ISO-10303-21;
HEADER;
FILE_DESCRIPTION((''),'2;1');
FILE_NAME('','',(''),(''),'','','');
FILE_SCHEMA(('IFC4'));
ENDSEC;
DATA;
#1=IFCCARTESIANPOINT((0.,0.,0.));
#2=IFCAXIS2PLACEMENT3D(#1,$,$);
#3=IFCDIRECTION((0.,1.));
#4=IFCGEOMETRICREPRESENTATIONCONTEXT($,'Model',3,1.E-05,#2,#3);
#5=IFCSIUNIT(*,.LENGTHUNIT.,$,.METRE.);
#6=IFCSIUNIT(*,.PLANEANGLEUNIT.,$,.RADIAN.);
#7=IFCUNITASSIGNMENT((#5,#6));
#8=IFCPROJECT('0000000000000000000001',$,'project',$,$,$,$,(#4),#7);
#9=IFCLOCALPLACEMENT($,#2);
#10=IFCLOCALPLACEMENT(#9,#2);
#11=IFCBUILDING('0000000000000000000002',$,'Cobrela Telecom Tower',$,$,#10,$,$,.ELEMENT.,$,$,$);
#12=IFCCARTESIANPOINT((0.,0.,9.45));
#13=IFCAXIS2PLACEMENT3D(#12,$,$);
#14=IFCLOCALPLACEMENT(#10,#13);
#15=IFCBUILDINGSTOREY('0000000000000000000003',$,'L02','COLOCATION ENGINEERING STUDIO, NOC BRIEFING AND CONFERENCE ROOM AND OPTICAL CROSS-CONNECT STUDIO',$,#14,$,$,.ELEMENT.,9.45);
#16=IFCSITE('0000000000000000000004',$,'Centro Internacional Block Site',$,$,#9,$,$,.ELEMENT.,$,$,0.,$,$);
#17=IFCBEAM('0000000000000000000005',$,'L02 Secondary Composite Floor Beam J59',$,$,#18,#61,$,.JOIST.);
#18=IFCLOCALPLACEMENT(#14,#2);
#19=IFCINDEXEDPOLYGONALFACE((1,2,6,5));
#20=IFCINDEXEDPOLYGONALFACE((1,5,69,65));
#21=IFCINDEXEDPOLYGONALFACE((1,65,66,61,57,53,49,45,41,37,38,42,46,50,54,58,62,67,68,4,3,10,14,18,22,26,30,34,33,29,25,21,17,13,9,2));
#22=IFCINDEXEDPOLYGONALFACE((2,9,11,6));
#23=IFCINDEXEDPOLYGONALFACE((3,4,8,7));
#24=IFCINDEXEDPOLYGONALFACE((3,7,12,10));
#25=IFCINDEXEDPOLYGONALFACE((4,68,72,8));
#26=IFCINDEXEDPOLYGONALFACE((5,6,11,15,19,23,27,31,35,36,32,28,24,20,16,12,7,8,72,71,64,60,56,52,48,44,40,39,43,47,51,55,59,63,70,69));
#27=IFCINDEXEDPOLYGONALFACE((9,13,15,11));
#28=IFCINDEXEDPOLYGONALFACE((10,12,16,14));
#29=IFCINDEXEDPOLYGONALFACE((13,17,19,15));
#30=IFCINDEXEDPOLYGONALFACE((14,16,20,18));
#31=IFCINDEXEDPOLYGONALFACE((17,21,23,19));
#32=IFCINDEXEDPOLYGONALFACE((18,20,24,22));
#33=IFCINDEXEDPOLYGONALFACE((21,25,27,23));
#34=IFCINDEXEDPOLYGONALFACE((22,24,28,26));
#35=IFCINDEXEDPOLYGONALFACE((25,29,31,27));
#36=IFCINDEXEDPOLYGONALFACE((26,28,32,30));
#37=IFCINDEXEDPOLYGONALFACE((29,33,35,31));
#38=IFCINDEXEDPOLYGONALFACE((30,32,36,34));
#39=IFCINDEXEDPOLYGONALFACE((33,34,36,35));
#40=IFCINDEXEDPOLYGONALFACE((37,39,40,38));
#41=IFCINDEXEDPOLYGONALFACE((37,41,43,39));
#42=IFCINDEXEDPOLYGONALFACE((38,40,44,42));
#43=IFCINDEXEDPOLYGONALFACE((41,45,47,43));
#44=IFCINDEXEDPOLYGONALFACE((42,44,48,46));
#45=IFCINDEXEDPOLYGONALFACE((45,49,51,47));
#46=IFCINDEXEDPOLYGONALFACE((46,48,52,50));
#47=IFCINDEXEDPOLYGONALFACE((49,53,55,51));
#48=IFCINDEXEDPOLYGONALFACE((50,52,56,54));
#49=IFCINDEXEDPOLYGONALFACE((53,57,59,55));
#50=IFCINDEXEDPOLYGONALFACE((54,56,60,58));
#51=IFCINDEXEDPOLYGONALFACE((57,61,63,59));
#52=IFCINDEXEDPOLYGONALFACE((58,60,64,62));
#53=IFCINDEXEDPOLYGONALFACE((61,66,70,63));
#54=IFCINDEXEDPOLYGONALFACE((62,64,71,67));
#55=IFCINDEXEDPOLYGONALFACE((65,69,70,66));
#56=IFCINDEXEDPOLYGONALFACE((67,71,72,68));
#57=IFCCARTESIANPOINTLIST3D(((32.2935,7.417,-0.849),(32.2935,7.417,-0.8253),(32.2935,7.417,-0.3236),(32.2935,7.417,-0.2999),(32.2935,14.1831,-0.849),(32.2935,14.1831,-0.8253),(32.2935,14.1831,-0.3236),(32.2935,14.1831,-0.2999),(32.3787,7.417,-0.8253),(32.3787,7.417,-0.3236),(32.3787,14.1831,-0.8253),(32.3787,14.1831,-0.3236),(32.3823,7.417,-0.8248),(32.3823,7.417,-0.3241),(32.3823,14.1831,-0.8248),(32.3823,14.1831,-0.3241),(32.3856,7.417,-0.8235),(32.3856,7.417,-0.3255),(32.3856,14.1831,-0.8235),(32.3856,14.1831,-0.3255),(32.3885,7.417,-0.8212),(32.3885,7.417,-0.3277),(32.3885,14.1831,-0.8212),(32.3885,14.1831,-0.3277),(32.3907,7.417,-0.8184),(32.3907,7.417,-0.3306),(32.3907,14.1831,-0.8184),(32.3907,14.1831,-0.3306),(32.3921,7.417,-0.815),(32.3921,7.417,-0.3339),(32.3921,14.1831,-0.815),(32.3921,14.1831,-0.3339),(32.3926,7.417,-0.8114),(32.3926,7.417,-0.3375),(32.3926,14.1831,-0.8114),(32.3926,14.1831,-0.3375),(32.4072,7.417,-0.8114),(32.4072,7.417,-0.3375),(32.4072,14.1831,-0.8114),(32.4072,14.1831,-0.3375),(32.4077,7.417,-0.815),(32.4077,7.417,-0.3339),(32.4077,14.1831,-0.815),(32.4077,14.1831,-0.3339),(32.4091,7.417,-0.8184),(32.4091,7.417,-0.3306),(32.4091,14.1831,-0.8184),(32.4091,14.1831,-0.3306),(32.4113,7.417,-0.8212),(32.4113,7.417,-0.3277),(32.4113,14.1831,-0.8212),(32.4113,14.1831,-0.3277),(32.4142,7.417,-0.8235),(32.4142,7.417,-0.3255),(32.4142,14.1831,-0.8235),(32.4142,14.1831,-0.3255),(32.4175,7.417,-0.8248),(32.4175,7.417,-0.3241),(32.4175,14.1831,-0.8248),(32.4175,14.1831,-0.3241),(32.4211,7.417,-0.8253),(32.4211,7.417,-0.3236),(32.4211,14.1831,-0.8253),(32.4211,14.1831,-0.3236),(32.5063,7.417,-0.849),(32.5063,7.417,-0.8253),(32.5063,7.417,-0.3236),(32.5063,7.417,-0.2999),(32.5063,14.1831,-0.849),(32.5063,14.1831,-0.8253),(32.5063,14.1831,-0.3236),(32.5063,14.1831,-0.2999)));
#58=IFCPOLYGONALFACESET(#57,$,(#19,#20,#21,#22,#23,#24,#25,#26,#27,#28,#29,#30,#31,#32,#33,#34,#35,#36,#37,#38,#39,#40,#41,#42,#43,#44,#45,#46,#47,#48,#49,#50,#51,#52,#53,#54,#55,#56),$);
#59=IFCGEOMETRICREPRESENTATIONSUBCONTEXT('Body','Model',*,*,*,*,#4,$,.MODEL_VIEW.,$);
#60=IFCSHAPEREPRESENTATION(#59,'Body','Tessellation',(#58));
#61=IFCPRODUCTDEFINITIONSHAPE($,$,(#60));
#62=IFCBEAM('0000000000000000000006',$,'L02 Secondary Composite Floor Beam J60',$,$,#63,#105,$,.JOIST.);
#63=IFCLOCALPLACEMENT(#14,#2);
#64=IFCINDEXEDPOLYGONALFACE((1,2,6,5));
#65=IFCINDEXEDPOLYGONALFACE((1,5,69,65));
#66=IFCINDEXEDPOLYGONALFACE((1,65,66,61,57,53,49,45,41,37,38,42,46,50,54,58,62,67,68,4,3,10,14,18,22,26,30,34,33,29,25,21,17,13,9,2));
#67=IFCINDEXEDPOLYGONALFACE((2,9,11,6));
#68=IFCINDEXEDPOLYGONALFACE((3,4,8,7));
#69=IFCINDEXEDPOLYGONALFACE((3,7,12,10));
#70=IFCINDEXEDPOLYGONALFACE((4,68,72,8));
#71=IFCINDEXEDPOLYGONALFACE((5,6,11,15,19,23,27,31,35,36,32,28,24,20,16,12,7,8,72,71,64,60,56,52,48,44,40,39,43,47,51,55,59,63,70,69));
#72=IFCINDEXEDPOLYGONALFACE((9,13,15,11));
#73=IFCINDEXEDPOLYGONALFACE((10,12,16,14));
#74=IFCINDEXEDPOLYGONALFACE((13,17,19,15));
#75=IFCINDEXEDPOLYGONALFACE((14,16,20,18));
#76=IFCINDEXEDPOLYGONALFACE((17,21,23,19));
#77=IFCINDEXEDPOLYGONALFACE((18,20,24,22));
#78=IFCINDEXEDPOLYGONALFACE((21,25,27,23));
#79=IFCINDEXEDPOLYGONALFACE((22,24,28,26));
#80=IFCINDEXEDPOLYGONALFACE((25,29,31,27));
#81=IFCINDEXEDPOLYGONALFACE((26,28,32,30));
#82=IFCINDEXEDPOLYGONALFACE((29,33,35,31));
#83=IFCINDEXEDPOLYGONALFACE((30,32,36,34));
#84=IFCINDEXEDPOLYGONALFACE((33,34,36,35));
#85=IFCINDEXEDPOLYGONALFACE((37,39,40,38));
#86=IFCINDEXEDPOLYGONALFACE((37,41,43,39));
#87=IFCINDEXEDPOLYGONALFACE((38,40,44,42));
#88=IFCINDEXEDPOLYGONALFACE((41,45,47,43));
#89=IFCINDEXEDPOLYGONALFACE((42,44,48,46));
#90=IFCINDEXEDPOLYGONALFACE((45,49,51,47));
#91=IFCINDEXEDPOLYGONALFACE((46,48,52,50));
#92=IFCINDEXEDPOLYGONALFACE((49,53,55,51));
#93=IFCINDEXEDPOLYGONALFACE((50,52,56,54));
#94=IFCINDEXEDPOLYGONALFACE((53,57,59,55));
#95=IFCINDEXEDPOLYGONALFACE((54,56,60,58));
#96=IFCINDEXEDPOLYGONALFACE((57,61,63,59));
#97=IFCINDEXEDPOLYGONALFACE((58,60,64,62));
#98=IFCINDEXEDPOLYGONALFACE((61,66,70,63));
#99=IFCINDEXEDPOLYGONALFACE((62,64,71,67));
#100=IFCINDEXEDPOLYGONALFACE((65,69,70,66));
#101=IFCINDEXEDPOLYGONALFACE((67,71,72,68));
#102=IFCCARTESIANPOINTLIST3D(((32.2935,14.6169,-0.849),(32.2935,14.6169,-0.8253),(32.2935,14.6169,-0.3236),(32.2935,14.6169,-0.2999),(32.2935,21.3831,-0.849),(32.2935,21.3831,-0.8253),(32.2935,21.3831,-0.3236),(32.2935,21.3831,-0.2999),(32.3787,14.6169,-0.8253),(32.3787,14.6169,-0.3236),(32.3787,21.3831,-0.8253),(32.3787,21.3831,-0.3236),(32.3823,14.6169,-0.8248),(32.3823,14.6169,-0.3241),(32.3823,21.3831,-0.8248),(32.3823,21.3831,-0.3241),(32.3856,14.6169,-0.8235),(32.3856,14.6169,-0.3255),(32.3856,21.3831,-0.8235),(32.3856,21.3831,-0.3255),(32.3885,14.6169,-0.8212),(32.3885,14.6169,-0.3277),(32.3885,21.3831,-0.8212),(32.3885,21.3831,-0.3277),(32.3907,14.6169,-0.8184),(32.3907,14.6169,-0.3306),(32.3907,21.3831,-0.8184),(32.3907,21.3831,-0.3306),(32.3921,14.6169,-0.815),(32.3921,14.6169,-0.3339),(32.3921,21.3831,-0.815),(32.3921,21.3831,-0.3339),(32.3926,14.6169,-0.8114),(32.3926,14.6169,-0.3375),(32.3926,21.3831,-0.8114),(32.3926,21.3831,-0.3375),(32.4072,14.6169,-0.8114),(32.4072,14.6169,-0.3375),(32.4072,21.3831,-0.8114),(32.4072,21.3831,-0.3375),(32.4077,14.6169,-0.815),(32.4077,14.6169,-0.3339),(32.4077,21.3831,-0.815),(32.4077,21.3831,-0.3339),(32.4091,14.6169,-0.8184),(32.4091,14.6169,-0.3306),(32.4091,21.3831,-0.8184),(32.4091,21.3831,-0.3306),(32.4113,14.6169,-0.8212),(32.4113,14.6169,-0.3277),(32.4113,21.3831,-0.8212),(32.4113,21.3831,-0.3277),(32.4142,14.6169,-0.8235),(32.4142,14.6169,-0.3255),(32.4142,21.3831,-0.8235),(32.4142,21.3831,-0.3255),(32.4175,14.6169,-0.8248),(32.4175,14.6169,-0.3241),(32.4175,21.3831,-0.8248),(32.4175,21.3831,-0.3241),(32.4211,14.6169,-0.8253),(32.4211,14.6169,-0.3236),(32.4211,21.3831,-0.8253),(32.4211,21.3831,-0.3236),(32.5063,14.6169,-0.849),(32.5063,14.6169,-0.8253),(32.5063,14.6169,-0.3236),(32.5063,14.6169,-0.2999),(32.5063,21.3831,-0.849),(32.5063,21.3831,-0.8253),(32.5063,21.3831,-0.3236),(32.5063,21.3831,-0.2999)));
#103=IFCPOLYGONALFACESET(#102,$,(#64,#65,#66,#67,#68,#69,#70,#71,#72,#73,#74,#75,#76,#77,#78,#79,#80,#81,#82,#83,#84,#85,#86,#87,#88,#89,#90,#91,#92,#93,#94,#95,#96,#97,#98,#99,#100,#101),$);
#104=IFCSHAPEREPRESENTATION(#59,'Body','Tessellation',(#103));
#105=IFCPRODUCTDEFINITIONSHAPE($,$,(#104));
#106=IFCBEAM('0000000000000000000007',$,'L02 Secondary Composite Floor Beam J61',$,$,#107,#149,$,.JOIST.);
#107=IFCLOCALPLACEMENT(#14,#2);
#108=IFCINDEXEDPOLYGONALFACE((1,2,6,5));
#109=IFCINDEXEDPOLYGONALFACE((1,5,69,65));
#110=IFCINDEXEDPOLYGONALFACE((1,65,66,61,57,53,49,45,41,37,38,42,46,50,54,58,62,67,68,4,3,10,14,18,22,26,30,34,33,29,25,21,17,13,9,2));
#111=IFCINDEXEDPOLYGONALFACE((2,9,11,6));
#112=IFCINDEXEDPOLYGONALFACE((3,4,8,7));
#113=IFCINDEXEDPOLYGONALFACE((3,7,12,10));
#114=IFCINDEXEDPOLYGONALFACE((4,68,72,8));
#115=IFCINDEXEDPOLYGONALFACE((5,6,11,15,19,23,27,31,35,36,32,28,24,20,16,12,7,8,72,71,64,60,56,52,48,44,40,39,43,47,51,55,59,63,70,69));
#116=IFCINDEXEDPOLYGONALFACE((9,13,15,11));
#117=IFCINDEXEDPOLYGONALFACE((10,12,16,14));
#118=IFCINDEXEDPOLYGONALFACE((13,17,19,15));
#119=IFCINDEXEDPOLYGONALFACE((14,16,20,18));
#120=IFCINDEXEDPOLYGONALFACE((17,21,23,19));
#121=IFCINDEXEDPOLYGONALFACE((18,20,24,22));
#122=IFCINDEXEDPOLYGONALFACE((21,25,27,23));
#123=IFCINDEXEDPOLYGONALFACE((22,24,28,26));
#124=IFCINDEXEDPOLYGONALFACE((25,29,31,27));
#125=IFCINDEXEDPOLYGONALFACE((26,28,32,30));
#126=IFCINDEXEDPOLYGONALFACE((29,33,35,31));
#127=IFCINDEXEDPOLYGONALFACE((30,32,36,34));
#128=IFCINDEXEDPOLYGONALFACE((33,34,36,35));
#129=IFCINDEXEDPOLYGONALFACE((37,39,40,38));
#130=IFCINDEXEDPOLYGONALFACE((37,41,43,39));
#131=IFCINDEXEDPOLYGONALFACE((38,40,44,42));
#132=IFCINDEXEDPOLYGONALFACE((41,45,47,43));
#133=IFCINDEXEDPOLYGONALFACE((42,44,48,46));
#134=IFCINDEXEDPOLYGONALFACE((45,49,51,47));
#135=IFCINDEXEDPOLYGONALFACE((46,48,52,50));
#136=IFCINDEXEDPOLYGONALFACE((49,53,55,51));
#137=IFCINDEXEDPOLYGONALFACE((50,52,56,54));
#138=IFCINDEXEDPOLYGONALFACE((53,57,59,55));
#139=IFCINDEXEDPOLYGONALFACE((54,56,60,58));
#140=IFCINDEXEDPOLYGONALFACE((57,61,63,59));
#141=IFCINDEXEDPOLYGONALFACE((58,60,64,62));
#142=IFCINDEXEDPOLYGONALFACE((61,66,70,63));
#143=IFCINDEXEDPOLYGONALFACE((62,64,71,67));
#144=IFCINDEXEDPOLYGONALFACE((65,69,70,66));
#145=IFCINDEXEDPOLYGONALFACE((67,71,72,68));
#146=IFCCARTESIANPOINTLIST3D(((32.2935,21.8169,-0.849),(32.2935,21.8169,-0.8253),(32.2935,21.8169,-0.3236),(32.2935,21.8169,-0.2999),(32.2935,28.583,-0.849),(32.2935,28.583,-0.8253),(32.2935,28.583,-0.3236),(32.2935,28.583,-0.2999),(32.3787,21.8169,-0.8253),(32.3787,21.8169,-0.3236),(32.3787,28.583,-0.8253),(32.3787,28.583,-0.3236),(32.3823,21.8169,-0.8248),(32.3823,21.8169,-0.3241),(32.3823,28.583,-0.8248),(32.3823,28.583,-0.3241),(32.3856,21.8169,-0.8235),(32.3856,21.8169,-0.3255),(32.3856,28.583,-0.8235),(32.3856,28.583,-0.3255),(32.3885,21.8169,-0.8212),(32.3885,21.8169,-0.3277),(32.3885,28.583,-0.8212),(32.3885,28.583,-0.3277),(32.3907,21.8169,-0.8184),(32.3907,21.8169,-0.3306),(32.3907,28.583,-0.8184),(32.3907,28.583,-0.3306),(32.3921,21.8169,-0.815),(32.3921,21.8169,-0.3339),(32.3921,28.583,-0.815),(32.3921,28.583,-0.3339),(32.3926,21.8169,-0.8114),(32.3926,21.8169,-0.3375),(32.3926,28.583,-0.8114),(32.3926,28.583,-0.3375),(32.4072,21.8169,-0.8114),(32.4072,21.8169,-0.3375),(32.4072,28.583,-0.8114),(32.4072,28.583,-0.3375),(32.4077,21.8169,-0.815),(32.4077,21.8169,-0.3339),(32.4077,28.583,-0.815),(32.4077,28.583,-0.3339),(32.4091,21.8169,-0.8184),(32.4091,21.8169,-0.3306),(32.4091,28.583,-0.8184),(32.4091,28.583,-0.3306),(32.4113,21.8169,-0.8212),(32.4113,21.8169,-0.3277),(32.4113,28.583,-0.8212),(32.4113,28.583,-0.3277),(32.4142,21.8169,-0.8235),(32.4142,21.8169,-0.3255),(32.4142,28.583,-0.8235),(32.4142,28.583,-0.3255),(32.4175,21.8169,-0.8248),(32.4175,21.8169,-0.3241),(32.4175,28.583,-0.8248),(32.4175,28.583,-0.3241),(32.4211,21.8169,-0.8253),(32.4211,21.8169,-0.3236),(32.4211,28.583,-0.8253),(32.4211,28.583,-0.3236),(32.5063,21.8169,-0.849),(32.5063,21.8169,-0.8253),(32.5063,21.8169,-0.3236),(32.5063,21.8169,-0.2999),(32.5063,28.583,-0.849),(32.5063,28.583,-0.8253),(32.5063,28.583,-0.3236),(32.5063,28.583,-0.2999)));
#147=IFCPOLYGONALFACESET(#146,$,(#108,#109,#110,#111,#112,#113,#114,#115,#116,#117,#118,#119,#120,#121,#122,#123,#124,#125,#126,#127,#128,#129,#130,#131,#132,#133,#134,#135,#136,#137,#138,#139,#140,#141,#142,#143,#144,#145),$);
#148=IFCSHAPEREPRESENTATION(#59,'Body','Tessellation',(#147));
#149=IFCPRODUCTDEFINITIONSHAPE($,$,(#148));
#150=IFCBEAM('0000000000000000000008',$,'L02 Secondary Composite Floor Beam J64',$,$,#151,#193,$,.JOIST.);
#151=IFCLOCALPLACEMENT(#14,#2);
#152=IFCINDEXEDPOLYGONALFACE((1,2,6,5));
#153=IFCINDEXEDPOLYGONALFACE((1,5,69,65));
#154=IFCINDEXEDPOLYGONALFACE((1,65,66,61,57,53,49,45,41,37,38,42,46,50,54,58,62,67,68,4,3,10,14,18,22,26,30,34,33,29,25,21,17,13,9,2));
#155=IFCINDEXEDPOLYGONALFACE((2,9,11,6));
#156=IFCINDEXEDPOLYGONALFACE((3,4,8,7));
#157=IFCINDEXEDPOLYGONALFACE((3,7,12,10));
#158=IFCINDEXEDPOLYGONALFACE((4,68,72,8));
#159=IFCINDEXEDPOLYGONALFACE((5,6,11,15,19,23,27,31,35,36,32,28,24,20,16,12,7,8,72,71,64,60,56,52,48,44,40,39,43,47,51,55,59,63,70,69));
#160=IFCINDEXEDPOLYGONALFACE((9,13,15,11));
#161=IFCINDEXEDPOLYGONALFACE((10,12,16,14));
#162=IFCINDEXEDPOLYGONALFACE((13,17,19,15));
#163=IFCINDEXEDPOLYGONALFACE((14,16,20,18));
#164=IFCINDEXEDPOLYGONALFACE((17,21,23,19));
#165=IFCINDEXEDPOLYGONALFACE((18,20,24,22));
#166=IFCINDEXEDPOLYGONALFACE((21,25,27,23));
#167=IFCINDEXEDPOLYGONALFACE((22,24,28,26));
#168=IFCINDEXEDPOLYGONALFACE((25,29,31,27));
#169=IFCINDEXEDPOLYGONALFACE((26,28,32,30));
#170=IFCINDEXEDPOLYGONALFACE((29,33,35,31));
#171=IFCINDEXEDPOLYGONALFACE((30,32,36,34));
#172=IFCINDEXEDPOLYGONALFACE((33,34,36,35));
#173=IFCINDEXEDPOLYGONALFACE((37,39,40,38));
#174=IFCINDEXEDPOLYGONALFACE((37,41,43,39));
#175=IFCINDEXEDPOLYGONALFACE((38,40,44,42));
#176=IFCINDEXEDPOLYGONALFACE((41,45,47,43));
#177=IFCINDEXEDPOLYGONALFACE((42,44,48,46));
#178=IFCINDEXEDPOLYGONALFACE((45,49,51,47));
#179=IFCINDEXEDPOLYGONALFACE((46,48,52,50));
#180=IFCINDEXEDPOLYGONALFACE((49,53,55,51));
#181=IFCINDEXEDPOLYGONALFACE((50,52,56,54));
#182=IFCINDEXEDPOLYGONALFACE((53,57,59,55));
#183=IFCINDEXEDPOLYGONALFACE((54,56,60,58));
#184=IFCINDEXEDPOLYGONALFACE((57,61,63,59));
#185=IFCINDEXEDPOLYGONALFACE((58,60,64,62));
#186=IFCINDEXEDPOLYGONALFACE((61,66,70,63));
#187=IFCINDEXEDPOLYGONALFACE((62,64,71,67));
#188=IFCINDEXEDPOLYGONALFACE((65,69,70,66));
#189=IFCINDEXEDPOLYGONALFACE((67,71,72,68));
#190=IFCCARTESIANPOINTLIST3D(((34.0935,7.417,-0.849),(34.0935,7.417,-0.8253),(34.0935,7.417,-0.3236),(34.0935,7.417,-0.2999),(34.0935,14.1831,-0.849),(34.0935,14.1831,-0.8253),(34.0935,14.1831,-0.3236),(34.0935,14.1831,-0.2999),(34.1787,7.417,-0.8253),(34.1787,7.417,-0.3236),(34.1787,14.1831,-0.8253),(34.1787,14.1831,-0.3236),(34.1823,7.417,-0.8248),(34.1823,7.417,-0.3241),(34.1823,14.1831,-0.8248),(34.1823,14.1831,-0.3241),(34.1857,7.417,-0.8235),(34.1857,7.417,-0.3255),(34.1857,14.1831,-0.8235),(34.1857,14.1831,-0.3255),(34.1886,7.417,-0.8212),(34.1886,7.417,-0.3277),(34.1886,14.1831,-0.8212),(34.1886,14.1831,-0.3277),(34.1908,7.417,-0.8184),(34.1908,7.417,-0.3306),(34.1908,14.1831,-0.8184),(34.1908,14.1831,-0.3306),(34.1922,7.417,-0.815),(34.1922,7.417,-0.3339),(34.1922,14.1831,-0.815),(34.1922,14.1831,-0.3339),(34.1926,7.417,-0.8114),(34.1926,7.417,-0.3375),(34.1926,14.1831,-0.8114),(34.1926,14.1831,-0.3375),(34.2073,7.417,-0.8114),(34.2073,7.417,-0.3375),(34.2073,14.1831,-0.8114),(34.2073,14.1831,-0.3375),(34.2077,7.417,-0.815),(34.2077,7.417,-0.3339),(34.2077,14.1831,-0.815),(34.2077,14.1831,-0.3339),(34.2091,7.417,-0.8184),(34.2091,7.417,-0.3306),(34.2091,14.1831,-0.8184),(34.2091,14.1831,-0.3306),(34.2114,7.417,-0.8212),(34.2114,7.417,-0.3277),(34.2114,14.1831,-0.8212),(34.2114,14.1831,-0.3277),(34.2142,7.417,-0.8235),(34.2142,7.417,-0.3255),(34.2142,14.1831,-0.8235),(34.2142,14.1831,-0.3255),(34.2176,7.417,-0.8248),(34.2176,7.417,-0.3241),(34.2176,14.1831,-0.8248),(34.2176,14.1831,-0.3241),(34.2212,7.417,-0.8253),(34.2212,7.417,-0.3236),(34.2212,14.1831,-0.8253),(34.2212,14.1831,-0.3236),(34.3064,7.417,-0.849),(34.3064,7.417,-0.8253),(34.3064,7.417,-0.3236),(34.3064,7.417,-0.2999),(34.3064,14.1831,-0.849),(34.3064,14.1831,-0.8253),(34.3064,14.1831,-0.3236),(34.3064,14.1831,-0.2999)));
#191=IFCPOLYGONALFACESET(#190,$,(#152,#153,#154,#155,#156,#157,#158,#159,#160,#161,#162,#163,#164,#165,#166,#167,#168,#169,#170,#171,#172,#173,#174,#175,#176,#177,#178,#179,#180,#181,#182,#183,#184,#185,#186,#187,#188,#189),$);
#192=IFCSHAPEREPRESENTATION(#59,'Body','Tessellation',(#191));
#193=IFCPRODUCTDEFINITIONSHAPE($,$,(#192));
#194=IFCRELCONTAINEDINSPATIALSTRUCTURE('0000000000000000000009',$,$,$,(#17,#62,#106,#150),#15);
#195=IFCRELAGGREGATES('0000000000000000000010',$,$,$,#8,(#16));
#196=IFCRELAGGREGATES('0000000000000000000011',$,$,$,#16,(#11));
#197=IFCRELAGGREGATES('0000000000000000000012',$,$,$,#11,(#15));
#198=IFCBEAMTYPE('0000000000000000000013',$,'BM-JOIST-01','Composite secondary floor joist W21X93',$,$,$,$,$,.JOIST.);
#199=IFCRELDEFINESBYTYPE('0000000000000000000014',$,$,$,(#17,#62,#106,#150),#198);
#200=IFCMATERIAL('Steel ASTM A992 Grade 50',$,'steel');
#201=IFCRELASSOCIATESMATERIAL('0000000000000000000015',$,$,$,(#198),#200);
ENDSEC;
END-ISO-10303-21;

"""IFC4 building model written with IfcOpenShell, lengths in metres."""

from ifc_helpers import new_model, si_unit, direction, frame, origin, origin_2d, place, context, subcontext, project, spatial, i_section, extrude, material, material_profile, profile_set, type_object, element, save


model = new_model("IFC4")

# Units and contexts
model_context = context("Model", 3, precision=1e-05, world=origin(), true_north=direction((0.0, 1.0)))
body_context = subcontext(model_context, "Body", "Model", "MODEL_VIEW")
ifc_project = project(units=[si_unit("LENGTHUNIT", "METRE"), si_unit("PLANEANGLEUNIT", "RADIAN")], contexts=[model_context])

# Site, building, storey
site_placement = place(None, origin())
site = spatial("IfcSite", under=ifc_project, at=site_placement, Name="Centro Internacional Block Site", CompositionType="ELEMENT", RefElevation=0.0)
building_placement = place(site_placement, origin())
building = spatial("IfcBuilding", under=site, at=building_placement, Name="Cobrela Telecom Tower", CompositionType="ELEMENT")
storey_placement = place(building_placement, frame((0.0, 0.0, 9.45)))
storey = spatial("IfcBuildingStorey", under=building, at=storey_placement, Name="L02", Description="COLOCATION ENGINEERING STUDIO, NOC BRIEFING AND CONFERENCE ROOM AND OPTICAL CROSS-CONNECT STUDIO", CompositionType="ELEMENT", Elevation=9.45)

# Beams
ifc_material_1 = material(Name="Steel ASTM A992 Grade 50", Category="steel")
ifc_material_profile_1 = material_profile(ifc_material_1, i_section(OverallWidth=0.2129, OverallDepth=0.5491, WebThickness=0.0146, FlangeThickness=0.0237, FilletRadius=0.0139, at=origin_2d()), Name="W21X93")
ifc_profile_set_1 = profile_set([ifc_material_profile_1], Name="Steel ASTM A992 Grade 50")
beam_type_1 = type_object("IfcBeamType", Name="BM-JOIST-01", Description="Composite secondary floor joist W21X93", PredefinedType="JOIST", material=ifc_profile_set_1)
for number, where, z_axis, x_axis, name in (
    (1, (32.3999, 7.417, -0.5745), (0.0, 1.0, 0.0), (-1.0, 0.0, 0.0), "L02 Secondary Composite Floor Beam J59"),
    (2, (32.3999, 14.6169, -0.5745), (0.0, 1.0, 0.0), (-1.0, 0.0, 0.0), "L02 Secondary Composite Floor Beam J60"),
    (3, (32.3999, 21.8169, -0.5745), (0.0, 1.0, 0.0), (-1.0, 0.0, 0.0), "L02 Secondary Composite Floor Beam J61"),
    (4, (34.2, 7.417, -0.5745), (0.0, 1.0, 0.0), (-1.0, 0.0, 0.0), "L02 Secondary Composite Floor Beam J64"),
):
    element("IfcBeam", number, at=place(storey_placement, frame(where, z_axis=z_axis, x_axis=x_axis)), inside=storey, type_object=beam_type_1, Name=name, PredefinedType="JOIST", context=body_context, shape_type="SweptSolid", body=[
        extrude(i_section(OverallWidth=0.2129, OverallDepth=0.5491, WebThickness=0.0146, FlangeThickness=0.0237, FilletRadius=0.0139, at=origin_2d()), origin(), (0.0, 0.0, 1.0), 6.7661),
    ])

save(model, "model.ifc")
